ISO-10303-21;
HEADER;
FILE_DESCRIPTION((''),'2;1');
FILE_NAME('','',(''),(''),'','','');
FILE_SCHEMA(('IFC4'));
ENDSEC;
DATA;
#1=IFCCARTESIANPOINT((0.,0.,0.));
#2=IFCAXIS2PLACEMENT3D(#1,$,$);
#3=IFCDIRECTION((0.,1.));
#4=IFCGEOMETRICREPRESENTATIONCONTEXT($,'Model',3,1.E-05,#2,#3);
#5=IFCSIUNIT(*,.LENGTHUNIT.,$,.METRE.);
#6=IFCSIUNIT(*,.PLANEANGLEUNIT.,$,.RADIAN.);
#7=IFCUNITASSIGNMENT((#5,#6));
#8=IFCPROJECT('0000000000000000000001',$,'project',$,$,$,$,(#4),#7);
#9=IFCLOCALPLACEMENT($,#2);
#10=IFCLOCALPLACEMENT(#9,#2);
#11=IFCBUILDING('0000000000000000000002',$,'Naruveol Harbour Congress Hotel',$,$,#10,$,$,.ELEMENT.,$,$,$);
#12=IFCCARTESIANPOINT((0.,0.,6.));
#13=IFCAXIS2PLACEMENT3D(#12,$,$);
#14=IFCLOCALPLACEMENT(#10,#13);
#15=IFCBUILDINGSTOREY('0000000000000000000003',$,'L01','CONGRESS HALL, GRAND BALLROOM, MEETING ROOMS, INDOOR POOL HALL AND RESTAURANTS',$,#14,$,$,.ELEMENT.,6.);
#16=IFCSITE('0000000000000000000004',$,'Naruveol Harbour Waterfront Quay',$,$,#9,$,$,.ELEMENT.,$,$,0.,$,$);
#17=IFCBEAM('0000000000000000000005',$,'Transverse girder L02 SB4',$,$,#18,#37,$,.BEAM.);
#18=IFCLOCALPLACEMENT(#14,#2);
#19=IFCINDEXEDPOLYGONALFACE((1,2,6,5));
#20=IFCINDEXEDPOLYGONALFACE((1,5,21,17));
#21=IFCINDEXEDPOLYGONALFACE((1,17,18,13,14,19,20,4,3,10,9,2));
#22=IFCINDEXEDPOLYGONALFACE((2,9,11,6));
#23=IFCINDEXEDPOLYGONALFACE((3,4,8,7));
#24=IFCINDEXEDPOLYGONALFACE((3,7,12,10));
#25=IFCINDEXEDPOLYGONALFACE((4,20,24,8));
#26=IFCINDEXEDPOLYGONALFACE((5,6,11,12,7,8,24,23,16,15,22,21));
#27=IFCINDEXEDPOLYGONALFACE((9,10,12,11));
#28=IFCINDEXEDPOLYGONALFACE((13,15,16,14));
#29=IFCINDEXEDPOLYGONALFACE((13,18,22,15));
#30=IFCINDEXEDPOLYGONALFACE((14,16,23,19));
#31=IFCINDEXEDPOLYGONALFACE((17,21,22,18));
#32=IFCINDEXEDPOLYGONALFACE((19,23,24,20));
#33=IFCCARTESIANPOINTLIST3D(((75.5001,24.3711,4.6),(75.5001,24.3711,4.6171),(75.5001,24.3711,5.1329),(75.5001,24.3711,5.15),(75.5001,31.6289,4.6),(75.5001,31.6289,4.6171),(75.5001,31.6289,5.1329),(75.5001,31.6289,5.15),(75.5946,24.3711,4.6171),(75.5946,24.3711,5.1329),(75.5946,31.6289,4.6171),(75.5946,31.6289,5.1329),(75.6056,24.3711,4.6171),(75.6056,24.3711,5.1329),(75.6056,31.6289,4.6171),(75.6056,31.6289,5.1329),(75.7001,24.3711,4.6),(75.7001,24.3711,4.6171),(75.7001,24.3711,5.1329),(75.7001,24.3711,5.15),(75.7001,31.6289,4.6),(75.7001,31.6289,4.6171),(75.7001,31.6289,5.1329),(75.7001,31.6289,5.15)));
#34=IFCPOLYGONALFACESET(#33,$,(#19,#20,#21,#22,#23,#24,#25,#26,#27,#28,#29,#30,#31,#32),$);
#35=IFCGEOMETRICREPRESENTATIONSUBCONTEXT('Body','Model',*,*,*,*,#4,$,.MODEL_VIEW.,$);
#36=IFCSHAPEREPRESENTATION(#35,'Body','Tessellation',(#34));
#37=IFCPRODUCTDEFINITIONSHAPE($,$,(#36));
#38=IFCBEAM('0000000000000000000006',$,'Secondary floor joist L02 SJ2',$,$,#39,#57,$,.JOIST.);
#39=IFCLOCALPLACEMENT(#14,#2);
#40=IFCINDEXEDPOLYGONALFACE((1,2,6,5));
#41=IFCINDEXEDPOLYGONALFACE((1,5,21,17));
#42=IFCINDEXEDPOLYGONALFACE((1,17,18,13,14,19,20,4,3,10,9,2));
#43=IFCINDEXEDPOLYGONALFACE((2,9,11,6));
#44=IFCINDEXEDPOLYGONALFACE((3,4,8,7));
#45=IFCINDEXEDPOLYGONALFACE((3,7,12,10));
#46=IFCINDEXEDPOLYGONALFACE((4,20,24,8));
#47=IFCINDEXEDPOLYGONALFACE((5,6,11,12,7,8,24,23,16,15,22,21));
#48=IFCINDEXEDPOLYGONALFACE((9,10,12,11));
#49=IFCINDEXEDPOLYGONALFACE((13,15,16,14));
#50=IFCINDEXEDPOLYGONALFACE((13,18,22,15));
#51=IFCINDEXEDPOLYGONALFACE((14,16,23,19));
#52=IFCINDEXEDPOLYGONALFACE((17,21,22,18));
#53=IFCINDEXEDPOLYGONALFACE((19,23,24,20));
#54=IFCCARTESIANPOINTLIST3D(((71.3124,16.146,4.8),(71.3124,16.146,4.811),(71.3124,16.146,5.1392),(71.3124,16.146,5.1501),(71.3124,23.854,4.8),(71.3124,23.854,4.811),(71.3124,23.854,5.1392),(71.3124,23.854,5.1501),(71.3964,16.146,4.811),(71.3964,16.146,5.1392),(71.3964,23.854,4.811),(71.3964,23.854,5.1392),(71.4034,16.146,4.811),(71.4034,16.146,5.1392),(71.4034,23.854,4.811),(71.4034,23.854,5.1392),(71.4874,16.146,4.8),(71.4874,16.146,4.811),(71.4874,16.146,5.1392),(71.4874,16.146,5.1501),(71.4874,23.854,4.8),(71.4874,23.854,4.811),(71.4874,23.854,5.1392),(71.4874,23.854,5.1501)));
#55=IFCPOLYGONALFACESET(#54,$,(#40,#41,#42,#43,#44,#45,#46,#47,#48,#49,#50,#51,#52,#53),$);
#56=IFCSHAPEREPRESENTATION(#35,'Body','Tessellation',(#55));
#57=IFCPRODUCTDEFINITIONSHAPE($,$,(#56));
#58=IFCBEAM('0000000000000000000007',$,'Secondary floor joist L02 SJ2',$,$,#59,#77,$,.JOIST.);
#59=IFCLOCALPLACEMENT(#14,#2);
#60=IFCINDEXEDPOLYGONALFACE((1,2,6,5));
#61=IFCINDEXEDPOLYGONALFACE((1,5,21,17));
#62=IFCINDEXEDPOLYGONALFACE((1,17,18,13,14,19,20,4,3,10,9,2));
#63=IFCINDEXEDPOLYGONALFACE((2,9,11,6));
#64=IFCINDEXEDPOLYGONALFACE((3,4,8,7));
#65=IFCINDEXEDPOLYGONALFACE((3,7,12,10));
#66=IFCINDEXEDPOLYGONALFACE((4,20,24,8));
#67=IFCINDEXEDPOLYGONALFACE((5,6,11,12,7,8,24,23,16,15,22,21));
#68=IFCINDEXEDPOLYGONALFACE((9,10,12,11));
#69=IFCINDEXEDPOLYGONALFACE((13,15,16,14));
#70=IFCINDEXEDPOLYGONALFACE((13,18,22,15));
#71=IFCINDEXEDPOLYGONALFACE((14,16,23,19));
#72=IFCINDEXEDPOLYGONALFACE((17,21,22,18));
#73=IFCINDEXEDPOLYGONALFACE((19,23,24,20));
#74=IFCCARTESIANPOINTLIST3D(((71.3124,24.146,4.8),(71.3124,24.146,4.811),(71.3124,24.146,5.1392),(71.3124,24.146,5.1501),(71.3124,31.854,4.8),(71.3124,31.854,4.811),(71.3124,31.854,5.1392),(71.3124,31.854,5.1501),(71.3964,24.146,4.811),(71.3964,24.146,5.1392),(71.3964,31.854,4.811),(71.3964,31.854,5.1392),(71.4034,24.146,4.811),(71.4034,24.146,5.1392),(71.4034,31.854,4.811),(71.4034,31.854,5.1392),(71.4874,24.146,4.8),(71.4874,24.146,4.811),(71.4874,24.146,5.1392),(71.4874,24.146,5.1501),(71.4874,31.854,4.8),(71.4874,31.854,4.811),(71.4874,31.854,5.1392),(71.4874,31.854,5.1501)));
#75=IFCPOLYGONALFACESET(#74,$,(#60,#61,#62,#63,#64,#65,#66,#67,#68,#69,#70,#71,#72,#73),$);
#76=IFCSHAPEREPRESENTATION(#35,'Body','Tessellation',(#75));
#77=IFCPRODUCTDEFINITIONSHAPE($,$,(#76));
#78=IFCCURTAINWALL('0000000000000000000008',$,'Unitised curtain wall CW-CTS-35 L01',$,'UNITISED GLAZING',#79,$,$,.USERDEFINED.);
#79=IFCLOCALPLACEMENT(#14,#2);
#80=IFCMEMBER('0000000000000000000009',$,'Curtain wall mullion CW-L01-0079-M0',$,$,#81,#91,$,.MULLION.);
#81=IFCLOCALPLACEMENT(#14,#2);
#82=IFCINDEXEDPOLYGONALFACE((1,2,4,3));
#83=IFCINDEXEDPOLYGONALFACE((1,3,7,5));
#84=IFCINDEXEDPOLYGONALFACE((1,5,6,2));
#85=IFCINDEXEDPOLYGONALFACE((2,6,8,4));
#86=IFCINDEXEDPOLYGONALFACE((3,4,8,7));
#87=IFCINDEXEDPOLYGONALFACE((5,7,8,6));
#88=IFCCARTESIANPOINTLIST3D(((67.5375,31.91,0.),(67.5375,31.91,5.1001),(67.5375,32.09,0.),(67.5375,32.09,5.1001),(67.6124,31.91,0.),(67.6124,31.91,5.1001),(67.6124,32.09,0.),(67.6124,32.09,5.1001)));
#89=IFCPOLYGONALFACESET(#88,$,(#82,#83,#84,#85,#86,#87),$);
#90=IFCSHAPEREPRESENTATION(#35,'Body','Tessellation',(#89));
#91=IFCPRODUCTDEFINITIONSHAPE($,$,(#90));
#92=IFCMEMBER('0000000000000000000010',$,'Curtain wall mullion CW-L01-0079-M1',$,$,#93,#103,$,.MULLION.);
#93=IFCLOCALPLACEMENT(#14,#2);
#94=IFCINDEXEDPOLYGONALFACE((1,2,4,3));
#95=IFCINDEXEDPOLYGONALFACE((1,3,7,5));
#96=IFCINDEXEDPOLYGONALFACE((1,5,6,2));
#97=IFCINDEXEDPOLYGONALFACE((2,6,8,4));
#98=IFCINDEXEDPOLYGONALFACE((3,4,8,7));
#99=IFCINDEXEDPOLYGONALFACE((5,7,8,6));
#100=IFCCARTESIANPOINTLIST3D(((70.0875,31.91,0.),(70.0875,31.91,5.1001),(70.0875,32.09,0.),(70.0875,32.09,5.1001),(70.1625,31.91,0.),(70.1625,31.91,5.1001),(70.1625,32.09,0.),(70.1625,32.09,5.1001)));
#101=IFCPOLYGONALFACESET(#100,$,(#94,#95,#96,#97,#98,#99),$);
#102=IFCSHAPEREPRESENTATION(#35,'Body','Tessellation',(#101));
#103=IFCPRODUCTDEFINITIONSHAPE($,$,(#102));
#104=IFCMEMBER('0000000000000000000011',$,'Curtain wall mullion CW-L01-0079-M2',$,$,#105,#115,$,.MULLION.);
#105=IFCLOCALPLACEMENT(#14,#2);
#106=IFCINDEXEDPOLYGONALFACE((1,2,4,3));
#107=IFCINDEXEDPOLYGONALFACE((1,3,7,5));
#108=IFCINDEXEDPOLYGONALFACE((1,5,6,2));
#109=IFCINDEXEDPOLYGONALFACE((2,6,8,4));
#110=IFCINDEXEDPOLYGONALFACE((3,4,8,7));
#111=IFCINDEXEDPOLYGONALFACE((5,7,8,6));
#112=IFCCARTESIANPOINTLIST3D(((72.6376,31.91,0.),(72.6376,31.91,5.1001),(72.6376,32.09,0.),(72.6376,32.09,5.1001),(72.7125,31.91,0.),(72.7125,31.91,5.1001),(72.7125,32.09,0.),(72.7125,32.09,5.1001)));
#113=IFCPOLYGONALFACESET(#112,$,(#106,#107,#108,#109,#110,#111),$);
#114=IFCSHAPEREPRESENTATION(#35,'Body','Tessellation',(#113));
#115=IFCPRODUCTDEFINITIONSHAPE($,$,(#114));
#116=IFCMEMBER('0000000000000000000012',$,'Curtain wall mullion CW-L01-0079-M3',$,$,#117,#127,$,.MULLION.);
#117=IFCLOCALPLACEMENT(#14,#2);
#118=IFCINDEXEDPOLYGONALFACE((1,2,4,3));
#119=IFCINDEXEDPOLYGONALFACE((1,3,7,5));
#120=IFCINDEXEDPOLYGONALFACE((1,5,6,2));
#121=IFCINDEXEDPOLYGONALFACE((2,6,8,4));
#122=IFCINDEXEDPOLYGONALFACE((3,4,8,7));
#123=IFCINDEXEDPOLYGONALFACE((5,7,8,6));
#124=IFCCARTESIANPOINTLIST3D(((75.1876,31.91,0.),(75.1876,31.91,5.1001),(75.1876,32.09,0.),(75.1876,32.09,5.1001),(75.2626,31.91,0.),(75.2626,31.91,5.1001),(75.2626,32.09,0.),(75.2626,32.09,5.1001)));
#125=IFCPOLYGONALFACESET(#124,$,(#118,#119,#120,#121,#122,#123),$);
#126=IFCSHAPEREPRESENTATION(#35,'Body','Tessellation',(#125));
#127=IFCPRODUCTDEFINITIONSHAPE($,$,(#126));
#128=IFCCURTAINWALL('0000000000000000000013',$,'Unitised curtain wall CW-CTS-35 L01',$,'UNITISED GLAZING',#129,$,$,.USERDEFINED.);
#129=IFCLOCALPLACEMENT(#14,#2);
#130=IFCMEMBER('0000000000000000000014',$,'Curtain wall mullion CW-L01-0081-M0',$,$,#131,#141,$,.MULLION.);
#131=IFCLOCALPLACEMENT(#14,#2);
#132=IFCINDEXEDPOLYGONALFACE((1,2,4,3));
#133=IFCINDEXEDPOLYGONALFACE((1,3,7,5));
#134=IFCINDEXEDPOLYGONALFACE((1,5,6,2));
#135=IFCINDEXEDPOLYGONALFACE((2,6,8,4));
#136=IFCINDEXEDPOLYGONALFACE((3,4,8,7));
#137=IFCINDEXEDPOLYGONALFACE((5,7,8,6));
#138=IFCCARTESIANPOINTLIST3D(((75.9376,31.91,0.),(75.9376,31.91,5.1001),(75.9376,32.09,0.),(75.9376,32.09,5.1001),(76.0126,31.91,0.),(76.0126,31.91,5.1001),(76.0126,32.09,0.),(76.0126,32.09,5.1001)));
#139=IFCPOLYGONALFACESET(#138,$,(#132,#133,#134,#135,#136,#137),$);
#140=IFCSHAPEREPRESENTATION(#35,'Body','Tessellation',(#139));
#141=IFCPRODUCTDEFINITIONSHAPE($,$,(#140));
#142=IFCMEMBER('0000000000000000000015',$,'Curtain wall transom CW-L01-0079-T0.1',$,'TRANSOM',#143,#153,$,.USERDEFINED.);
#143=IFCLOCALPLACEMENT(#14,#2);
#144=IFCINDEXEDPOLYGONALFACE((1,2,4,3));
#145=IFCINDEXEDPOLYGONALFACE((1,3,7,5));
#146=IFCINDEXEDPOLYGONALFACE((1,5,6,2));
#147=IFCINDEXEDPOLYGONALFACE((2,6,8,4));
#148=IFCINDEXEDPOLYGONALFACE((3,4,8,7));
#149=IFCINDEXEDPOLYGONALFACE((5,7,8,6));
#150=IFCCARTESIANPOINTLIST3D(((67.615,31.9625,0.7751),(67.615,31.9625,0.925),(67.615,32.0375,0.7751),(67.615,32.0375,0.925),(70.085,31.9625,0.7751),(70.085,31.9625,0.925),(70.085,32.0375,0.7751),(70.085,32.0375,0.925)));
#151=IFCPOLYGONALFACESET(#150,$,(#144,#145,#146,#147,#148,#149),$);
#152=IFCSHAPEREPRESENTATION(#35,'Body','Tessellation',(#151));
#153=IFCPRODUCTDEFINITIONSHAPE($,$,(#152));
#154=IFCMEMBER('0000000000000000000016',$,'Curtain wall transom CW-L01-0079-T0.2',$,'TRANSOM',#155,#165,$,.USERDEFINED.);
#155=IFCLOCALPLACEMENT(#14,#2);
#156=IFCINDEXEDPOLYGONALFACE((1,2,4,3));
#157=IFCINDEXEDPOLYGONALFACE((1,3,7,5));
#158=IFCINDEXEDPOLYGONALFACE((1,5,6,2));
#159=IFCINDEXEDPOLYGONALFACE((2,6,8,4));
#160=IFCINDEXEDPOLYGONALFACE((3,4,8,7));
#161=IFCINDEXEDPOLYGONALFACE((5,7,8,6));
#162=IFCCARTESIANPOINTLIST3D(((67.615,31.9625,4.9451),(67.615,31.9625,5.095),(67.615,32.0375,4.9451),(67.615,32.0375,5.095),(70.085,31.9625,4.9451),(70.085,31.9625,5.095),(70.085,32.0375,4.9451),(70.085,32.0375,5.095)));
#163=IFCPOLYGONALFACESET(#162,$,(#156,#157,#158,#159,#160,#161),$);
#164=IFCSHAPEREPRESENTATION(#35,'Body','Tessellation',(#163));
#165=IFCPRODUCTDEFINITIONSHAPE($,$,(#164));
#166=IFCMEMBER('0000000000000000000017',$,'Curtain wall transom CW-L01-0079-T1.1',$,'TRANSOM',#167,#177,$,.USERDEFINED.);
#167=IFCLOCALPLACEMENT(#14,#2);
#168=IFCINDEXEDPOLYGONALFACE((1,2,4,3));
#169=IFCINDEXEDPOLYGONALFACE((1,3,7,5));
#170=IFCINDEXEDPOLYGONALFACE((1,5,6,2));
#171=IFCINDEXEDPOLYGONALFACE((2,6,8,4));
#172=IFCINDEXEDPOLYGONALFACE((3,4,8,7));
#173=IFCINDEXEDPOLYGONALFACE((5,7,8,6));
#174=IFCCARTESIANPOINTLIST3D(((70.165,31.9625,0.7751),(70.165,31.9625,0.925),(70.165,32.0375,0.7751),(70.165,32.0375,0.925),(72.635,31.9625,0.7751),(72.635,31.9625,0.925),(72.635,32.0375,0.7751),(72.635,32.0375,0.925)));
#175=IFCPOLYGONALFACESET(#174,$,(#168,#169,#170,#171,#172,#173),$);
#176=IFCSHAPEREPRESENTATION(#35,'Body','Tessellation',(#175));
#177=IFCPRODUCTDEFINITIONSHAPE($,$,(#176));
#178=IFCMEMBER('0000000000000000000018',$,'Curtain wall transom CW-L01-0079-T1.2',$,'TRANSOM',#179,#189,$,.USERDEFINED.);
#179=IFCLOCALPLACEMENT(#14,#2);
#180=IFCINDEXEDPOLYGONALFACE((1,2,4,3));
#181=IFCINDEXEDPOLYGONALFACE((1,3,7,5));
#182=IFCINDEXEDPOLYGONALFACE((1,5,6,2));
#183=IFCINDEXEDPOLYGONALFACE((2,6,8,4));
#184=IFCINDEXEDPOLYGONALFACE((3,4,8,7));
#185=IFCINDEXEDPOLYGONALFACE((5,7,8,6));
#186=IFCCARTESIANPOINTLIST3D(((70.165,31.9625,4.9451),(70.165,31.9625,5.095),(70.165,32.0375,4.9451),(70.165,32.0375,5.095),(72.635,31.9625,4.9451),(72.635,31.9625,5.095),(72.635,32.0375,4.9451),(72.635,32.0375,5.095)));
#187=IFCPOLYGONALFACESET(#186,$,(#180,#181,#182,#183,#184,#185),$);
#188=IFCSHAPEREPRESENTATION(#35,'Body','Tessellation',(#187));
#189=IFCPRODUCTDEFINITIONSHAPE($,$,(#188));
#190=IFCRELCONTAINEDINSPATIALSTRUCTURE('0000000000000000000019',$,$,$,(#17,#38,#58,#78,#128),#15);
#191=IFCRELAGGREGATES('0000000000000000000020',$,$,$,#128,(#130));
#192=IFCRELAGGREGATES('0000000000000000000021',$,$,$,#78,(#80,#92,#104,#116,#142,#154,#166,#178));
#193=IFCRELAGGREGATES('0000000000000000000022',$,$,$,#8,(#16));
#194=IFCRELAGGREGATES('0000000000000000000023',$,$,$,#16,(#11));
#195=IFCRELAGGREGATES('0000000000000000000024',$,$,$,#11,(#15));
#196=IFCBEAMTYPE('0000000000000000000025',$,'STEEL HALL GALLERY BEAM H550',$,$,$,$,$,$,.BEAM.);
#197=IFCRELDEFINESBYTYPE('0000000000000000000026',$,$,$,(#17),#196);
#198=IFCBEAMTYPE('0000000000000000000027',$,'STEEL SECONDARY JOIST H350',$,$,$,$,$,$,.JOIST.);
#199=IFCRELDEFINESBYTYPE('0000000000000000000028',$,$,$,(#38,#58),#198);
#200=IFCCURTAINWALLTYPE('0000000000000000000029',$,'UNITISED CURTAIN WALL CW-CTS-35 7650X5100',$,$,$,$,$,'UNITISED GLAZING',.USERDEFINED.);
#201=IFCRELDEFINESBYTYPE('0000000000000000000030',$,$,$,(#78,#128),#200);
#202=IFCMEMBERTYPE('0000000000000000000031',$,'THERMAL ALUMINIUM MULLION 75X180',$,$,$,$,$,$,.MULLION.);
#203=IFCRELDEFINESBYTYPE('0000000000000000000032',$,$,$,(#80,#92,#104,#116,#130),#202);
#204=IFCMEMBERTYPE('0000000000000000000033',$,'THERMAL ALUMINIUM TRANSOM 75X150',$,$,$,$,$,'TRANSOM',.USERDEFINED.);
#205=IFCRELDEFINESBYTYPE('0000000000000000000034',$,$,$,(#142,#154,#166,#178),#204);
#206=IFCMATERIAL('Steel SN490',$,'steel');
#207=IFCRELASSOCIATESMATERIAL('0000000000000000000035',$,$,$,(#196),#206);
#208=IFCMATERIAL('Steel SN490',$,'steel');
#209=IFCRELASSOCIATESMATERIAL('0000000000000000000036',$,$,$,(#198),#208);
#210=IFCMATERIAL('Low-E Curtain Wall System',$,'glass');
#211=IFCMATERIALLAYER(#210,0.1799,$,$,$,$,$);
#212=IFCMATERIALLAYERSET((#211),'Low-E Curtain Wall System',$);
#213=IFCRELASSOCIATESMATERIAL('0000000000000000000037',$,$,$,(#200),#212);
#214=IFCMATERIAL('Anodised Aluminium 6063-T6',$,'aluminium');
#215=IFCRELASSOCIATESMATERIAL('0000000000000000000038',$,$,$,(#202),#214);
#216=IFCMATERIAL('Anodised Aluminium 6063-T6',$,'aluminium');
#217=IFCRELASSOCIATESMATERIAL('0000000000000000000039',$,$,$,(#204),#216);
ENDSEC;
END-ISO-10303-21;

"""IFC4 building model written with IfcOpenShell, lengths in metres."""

from ifc_helpers import new_model, si_unit, direction, frame, origin, origin_2d, place, context, subcontext, project, spatial, rectangle, i_section, extrude, material, layer, layer_set, material_profile, profile_set, type_object, element, aggregate, save


model = new_model("IFC4")

# Units and contexts
model_context = context("Model", 3, precision=1e-05, world=origin(), true_north=direction((0.0, 1.0)))
body_context = subcontext(model_context, "Body", "Model", "MODEL_VIEW")
ifc_project = project(units=[si_unit("LENGTHUNIT", "METRE"), si_unit("PLANEANGLEUNIT", "RADIAN")], contexts=[model_context])

# Site, building, storey
site_placement = place(None, origin())
site = spatial("IfcSite", under=ifc_project, at=site_placement, Name="Naruveol Harbour Waterfront Quay", CompositionType="ELEMENT", RefElevation=0.0)
building_placement = place(site_placement, origin())
building = spatial("IfcBuilding", under=site, at=building_placement, Name="Naruveol Harbour Congress Hotel", CompositionType="ELEMENT")
storey_placement = place(building_placement, frame((0.0, 0.0, 6.0)))
storey = spatial("IfcBuildingStorey", under=building, at=storey_placement, Name="L01", Description="CONGRESS HALL, GRAND BALLROOM, MEETING ROOMS, INDOOR POOL HALL AND RESTAURANTS", CompositionType="ELEMENT", Elevation=6.0)

# Beams
ifc_material_1 = material(Name="Steel SN490", Category="steel")
ifc_material_profile_1 = material_profile(ifc_material_1, i_section(OverallWidth=0.2, OverallDepth=0.55, WebThickness=0.011, FlangeThickness=0.0171, at=origin_2d()), Name="H-550x200x11x17")
ifc_profile_set_1 = profile_set([ifc_material_profile_1], Name="Steel SN490")
beam_type_1 = type_object("IfcBeamType", Name="STEEL HALL GALLERY BEAM H550", PredefinedType="BEAM", material=ifc_profile_set_1)
for number, where, z_axis, x_axis, name in (
    (1, (75.6001, 24.3711, 4.875), (0.0, 1.0, 0.0), (-1.0, 0.0, 0.0), "Transverse girder L02 SB4"),
):
    element("IfcBeam", number, at=place(storey_placement, frame(where, z_axis=z_axis, x_axis=x_axis)), inside=storey, type_object=beam_type_1, Name=name, PredefinedType="BEAM", context=body_context, shape_type="SweptSolid", body=[
        extrude(i_section(OverallWidth=0.2, OverallDepth=0.55, WebThickness=0.011, FlangeThickness=0.0171, at=origin_2d()), origin(), (0.0, 0.0, 1.0), 7.2578),
    ])
ifc_material_2 = material(Name="Steel SN490", Category="steel")
ifc_material_profile_2 = material_profile(ifc_material_2, i_section(OverallWidth=0.175, OverallDepth=0.3501, WebThickness=0.0071, FlangeThickness=0.011, at=origin_2d()), Name="H-350x175x7x11")
ifc_profile_set_2 = profile_set([ifc_material_profile_2], Name="Steel SN490")
beam_type_2 = type_object("IfcBeamType", Name="STEEL SECONDARY JOIST H350", PredefinedType="JOIST", material=ifc_profile_set_2)
for number, where, z_axis, x_axis, name in (
    (2, (71.3999, 16.146, 4.9751), (0.0, 1.0, 0.0), (-1.0, 0.0, 0.0), "Secondary floor joist L02 SJ2"),
    (3, (71.3999, 24.146, 4.9751), (0.0, 1.0, 0.0), (-1.0, 0.0, 0.0), "Secondary floor joist L02 SJ2"),
):
    element("IfcBeam", number, at=place(storey_placement, frame(where, z_axis=z_axis, x_axis=x_axis)), inside=storey, type_object=beam_type_2, Name=name, PredefinedType="JOIST", context=body_context, shape_type="SweptSolid", body=[
        extrude(i_section(OverallWidth=0.175, OverallDepth=0.3501, WebThickness=0.0071, FlangeThickness=0.011, at=origin_2d()), origin(), (0.0, 0.0, 1.0), 7.708),
    ])

# Curtain wall, members
ifc_material_3 = material(Name="Low-E Curtain Wall System", Category="glass")
ifc_layer_1 = layer(ifc_material_3, 0.1799)
ifc_layer_set_1 = layer_set([ifc_layer_1], Name="Low-E Curtain Wall System")
curtain_wall_type = type_object("IfcCurtainWallType", Name="UNITISED CURTAIN WALL CW-CTS-35 7650X5100", ElementType="UNITISED GLAZING", PredefinedType="USERDEFINED", material=ifc_layer_set_1)
curtain_wall_1_placement = place(storey_placement, origin())
curtain_wall_1 = element("IfcCurtainWall", 4, at=curtain_wall_1_placement, inside=storey, type_object=curtain_wall_type, Name="Unitised curtain wall CW-CTS-35 L01", ObjectType="UNITISED GLAZING", PredefinedType="USERDEFINED")
ifc_material_4 = material(Name="Anodised Aluminium 6063-T6", Category="aluminium")
ifc_material_profile_3 = material_profile(ifc_material_4, rectangle(XDim=0.075, YDim=0.1799, at=origin_2d()), Name="ALU-75x180")
ifc_profile_set_3 = profile_set([ifc_material_profile_3], Name="Anodised Aluminium 6063-T6")
member_type_1 = type_object("IfcMemberType", Name="THERMAL ALUMINIUM MULLION 75X180", PredefinedType="MULLION", material=ifc_profile_set_3)
member_1_placement = place(storey_placement, frame((67.575, 32.0, 0.0), z_axis=(0.0, 0.0, 1.0), x_axis=(1.0, 0.0, 0.0)))
member_1 = element("IfcMember", 5, at=member_1_placement, type_object=member_type_1, Name="Curtain wall mullion CW-L01-0079-M0", PredefinedType="MULLION", context=body_context, shape_type="SweptSolid", body=[
    extrude(rectangle(XDim=0.075, YDim=0.1799, at=origin_2d()), origin(), (0.0, 0.0, 1.0), 5.1001),
])
member_2_placement = place(storey_placement, frame((70.125, 32.0, 0.0), z_axis=(0.0, 0.0, 1.0), x_axis=(1.0, 0.0, 0.0)))
member_2 = element("IfcMember", 6, at=member_2_placement, type_object=member_type_1, Name="Curtain wall mullion CW-L01-0079-M1", PredefinedType="MULLION", context=body_context, shape_type="SweptSolid", body=[
    extrude(rectangle(XDim=0.075, YDim=0.1799, at=origin_2d()), origin(), (0.0, 0.0, 1.0), 5.1001),
])
member_3_placement = place(storey_placement, frame((72.675, 32.0, 0.0), z_axis=(0.0, 0.0, 1.0), x_axis=(1.0, 0.0, 0.0)))
member_3 = element("IfcMember", 7, at=member_3_placement, type_object=member_type_1, Name="Curtain wall mullion CW-L01-0079-M2", PredefinedType="MULLION", context=body_context, shape_type="SweptSolid", body=[
    extrude(rectangle(XDim=0.075, YDim=0.1799, at=origin_2d()), origin(), (0.0, 0.0, 1.0), 5.1001),
])
member_4_placement = place(storey_placement, frame((75.2251, 32.0, 0.0), z_axis=(0.0, 0.0, 1.0), x_axis=(1.0, 0.0, 0.0)))
member_4 = element("IfcMember", 8, at=member_4_placement, type_object=member_type_1, Name="Curtain wall mullion CW-L01-0079-M3", PredefinedType="MULLION", context=body_context, shape_type="SweptSolid", body=[
    extrude(rectangle(XDim=0.075, YDim=0.1799, at=origin_2d()), origin(), (0.0, 0.0, 1.0), 5.1001),
])

# Curtain wall, member
curtain_wall_2_placement = place(storey_placement, origin())
curtain_wall_2 = element("IfcCurtainWall", 9, at=curtain_wall_2_placement, inside=storey, type_object=curtain_wall_type, Name="Unitised curtain wall CW-CTS-35 L01", ObjectType="UNITISED GLAZING", PredefinedType="USERDEFINED")
member_5_placement = place(storey_placement, frame((75.9751, 32.0, 0.0), z_axis=(0.0, 0.0, 1.0), x_axis=(1.0, 0.0, 0.0)))
member_5 = element("IfcMember", 10, at=member_5_placement, type_object=member_type_1, Name="Curtain wall mullion CW-L01-0081-M0", PredefinedType="MULLION", context=body_context, shape_type="SweptSolid", body=[
    extrude(rectangle(XDim=0.075, YDim=0.1799, at=origin_2d()), origin(), (0.0, 0.0, 1.0), 5.1001),
])

# Members
ifc_material_5 = material(Name="Anodised Aluminium 6063-T6", Category="aluminium")
ifc_material_profile_4 = material_profile(ifc_material_5, rectangle(XDim=0.075, YDim=0.1499, at=origin_2d()), Name="ALU-75x150")
ifc_profile_set_4 = profile_set([ifc_material_profile_4], Name="Anodised Aluminium 6063-T6")
member_type_2 = type_object("IfcMemberType", Name="THERMAL ALUMINIUM TRANSOM 75X150", ElementType="TRANSOM", PredefinedType="USERDEFINED", material=ifc_profile_set_4)
member_6_placement = place(storey_placement, frame((67.615, 32.0, 0.8501), z_axis=(1.0, 0.0, 0.0), x_axis=(0.0, 1.0, 0.0)))
member_6 = element("IfcMember", 11, at=member_6_placement, type_object=member_type_2, Name="Curtain wall transom CW-L01-0079-T0.1", ObjectType="TRANSOM", PredefinedType="USERDEFINED", context=body_context, shape_type="SweptSolid", body=[
    extrude(rectangle(XDim=0.075, YDim=0.1499, at=origin_2d()), origin(), (0.0, 0.0, 1.0), 2.47),
])
member_7_placement = place(storey_placement, frame((67.615, 32.0, 5.02), z_axis=(1.0, 0.0, 0.0), x_axis=(0.0, 1.0, 0.0)))
member_7 = element("IfcMember", 12, at=member_7_placement, type_object=member_type_2, Name="Curtain wall transom CW-L01-0079-T0.2", ObjectType="TRANSOM", PredefinedType="USERDEFINED", context=body_context, shape_type="SweptSolid", body=[
    extrude(rectangle(XDim=0.075, YDim=0.1499, at=origin_2d()), origin(), (0.0, 0.0, 1.0), 2.47),
])
member_8_placement = place(storey_placement, frame((70.165, 32.0, 0.8501), z_axis=(1.0, 0.0, 0.0), x_axis=(0.0, 1.0, 0.0)))
member_8 = element("IfcMember", 13, at=member_8_placement, type_object=member_type_2, Name="Curtain wall transom CW-L01-0079-T1.1", ObjectType="TRANSOM", PredefinedType="USERDEFINED", context=body_context, shape_type="SweptSolid", body=[
    extrude(rectangle(XDim=0.075, YDim=0.1499, at=origin_2d()), origin(), (0.0, 0.0, 1.0), 2.47),
])
member_9_placement = place(storey_placement, frame((70.165, 32.0, 5.02), z_axis=(1.0, 0.0, 0.0), x_axis=(0.0, 1.0, 0.0)))
member_9 = element("IfcMember", 14, at=member_9_placement, type_object=member_type_2, Name="Curtain wall transom CW-L01-0079-T1.2", ObjectType="TRANSOM", PredefinedType="USERDEFINED", context=body_context, shape_type="SweptSolid", body=[
    extrude(rectangle(XDim=0.075, YDim=0.1499, at=origin_2d()), origin(), (0.0, 0.0, 1.0), 2.47),
])
aggregate(curtain_wall_2, [member_5])

aggregate(curtain_wall_1, [member_1, member_2, member_3, member_4, member_6, member_7, member_8, member_9])

save(model, "model.ifc")
